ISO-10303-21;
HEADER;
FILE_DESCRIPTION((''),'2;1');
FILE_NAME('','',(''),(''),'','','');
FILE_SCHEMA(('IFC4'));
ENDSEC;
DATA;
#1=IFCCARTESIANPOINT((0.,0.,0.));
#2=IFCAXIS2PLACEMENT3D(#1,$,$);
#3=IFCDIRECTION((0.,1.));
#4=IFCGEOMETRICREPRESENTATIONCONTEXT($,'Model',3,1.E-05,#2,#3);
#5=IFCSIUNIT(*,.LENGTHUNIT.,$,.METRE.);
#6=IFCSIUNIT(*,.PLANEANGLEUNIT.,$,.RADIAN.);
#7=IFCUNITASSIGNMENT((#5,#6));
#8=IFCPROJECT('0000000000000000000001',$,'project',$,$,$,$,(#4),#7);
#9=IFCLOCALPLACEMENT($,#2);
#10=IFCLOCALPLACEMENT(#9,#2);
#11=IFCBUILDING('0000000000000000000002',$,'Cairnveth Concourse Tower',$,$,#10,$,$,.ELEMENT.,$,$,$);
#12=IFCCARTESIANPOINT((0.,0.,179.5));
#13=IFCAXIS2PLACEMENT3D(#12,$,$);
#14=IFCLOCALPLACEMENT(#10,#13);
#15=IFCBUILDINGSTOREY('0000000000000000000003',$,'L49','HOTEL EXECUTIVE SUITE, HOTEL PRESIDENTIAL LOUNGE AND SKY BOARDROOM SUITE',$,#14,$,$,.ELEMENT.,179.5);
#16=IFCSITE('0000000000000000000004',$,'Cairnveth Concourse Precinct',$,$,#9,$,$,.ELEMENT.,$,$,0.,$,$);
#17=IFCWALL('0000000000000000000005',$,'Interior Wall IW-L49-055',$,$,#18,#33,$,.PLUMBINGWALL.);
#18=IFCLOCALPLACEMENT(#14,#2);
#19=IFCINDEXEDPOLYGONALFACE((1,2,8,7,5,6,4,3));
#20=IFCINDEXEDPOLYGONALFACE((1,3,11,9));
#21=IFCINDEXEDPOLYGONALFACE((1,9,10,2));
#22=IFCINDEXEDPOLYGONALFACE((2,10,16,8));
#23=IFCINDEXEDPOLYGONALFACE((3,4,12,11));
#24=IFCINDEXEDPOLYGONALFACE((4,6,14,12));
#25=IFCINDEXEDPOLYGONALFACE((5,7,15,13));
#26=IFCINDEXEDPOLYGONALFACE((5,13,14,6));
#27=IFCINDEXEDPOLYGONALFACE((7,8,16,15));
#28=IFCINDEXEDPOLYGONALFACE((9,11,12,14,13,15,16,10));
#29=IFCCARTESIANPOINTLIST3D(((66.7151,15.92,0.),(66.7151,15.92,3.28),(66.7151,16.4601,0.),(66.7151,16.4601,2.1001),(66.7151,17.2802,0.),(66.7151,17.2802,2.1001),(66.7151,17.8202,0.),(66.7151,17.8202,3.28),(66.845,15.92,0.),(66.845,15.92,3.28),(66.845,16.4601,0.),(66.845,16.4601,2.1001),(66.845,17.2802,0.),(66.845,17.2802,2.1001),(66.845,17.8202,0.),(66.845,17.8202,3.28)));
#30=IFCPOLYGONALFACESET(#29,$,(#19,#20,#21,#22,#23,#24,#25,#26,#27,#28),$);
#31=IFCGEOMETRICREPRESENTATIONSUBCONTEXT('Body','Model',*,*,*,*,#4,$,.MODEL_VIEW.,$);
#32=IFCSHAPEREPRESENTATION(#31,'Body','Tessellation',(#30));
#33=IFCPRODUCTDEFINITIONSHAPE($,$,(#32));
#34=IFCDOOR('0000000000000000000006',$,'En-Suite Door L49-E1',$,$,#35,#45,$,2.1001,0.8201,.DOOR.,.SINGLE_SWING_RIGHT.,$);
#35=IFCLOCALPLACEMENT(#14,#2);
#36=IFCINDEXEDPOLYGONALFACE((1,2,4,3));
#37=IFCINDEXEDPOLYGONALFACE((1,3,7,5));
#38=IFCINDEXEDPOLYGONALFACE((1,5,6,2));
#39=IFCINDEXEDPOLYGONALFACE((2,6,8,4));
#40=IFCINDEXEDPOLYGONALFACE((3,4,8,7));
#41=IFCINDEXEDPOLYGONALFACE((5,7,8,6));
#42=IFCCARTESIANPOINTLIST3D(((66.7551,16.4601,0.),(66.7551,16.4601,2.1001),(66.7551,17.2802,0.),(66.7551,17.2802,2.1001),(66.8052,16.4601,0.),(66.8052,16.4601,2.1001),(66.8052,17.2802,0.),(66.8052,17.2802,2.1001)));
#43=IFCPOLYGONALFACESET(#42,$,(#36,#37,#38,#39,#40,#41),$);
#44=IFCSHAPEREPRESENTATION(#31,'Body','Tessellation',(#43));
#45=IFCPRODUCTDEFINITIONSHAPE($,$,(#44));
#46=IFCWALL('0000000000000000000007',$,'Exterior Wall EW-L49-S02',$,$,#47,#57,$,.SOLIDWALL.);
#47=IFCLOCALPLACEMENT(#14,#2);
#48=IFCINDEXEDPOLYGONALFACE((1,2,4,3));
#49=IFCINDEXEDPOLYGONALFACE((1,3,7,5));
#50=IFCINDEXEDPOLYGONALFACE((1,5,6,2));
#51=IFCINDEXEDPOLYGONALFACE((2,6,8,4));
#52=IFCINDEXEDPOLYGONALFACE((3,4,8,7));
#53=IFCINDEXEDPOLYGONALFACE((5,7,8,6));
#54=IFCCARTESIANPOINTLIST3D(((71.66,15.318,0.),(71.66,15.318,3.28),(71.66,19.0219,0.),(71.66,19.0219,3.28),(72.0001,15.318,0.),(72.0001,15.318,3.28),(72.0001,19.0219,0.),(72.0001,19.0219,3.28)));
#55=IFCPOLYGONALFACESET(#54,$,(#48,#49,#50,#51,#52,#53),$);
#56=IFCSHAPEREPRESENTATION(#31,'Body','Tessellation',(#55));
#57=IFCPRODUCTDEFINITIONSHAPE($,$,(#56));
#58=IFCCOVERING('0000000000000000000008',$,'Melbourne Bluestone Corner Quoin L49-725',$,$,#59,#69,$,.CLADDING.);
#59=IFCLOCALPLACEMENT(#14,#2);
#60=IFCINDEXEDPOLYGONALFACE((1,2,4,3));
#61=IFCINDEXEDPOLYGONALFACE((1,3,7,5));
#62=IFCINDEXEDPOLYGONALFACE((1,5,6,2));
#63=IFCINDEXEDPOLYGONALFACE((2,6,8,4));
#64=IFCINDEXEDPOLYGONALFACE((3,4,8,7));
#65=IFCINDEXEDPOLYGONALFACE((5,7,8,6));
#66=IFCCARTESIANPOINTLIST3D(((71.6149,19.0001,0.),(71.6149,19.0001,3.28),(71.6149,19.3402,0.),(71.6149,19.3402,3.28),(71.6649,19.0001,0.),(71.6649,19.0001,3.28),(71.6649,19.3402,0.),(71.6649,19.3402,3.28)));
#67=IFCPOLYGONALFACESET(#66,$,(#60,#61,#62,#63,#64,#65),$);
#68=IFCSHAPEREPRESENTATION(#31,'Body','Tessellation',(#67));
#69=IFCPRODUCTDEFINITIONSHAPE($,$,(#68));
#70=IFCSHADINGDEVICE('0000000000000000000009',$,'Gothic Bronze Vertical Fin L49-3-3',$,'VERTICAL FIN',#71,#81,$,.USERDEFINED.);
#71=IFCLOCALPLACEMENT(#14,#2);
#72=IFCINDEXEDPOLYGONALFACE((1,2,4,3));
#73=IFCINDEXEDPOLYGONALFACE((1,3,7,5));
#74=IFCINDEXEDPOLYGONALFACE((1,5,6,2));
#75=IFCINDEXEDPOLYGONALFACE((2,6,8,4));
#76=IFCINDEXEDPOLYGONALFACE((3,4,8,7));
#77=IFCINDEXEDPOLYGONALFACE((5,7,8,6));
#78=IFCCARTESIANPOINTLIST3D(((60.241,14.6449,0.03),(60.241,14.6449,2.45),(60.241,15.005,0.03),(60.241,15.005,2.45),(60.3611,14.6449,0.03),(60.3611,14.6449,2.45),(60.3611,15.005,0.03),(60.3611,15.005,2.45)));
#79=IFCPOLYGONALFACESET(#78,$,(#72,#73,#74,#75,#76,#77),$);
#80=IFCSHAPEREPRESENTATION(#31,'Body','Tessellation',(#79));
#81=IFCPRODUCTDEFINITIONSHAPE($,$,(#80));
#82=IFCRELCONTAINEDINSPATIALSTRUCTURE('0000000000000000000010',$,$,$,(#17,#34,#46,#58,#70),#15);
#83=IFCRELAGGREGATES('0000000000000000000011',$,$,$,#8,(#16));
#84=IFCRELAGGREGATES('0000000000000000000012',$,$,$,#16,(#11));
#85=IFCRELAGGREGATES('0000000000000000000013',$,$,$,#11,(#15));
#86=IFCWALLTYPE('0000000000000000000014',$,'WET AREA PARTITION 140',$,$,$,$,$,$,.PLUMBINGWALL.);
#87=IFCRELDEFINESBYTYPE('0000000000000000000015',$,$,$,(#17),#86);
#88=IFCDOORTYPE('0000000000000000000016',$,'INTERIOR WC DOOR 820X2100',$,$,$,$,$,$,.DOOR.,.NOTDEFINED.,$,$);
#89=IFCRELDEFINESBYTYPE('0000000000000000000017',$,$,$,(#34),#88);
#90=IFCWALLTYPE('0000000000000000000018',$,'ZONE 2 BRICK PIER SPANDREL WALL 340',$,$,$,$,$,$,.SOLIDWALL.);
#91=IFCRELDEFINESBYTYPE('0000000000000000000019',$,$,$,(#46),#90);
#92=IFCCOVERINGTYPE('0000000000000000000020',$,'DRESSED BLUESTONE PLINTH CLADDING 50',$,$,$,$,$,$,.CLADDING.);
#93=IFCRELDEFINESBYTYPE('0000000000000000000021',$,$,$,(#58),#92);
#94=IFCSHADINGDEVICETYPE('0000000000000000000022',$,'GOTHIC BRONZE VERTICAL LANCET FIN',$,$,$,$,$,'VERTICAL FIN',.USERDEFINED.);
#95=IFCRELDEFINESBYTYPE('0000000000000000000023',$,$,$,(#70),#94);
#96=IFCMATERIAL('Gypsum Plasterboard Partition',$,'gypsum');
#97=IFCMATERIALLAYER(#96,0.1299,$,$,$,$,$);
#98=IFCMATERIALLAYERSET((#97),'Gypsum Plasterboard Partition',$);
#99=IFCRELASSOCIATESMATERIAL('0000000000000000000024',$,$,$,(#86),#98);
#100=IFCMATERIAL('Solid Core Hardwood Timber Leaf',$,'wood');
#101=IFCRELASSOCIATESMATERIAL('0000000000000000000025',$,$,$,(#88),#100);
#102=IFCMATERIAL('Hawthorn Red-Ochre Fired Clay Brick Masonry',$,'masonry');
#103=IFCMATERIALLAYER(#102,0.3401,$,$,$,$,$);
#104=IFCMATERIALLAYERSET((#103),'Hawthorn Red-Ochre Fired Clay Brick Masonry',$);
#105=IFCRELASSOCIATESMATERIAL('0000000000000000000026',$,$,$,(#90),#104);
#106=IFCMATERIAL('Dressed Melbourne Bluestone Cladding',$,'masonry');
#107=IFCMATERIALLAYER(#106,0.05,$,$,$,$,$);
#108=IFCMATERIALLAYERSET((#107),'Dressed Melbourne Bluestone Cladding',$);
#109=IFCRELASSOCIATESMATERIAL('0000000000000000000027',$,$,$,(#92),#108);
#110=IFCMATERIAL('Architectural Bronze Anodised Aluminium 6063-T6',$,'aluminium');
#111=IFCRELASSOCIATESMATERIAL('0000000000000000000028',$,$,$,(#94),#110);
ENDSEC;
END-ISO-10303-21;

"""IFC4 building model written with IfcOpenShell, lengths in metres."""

from ifc_helpers import new_model, si_unit, direction, frame, frame_2d, origin, origin_2d, place, context, subcontext, project, spatial, rectangle, extrude, material, layer, layer_set, type_object, element, fill, save


model = new_model("IFC4")

# Units and contexts
model_context = context("Model", 3, precision=1e-05, world=origin(), true_north=direction((0.0, 1.0)))
body_context = subcontext(model_context, "Body", "Model", "MODEL_VIEW")
ifc_project = project(units=[si_unit("LENGTHUNIT", "METRE"), si_unit("PLANEANGLEUNIT", "RADIAN")], contexts=[model_context])

# Site, building, storey
site_placement = place(None, origin())
site = spatial("IfcSite", under=ifc_project, at=site_placement, Name="Cairnveth Concourse Precinct", CompositionType="ELEMENT", RefElevation=0.0)
building_placement = place(site_placement, origin())
building = spatial("IfcBuilding", under=site, at=building_placement, Name="Cairnveth Concourse Tower", CompositionType="ELEMENT")
storey_placement = place(building_placement, frame((0.0, 0.0, 179.5)))
storey = spatial("IfcBuildingStorey", under=building, at=storey_placement, Name="L49", Description="HOTEL EXECUTIVE SUITE, HOTEL PRESIDENTIAL LOUNGE AND SKY BOARDROOM SUITE", CompositionType="ELEMENT", Elevation=179.5)

# Shared definitions
ifc_material_1 = material(Name="Gypsum Plasterboard Partition", Category="gypsum")
ifc_material_2 = material(Name="Solid Core Hardwood Timber Leaf", Category="wood")

# Shared definitions
ifc_layer_1 = layer(ifc_material_1, 0.1299)
ifc_layer_set_1 = layer_set([ifc_layer_1], Name="Gypsum Plasterboard Partition")
wall_type_1 = type_object("IfcWallType", Name="WET AREA PARTITION 140", PredefinedType="PLUMBINGWALL", material=ifc_layer_set_1)

# Wall, opening, door
wall_1_placement = place(storey_placement, frame((66.78, 15.9199, 0.0), z_axis=(0.0, 0.0, 1.0), x_axis=(0.0, 1.0, 0.0)))
wall_1 = element("IfcWall", 1, at=wall_1_placement, inside=storey, type_object=wall_type_1, Name="Interior Wall IW-L49-055", PredefinedType="PLUMBINGWALL", context=body_context, shape_type="SweptSolid", body=[
    extrude(rectangle(XDim=1.9001, YDim=0.1299, at=frame_2d((0.9502, 0.0))), origin(), (0.0, 0.0, 1.0), 3.28),
])
opening_1_placement = place(wall_1_placement, frame((0.54, 0.0, 0.0)))
opening_1 = element("IfcOpeningElement", 2, at=opening_1_placement, cuts=wall_1, PredefinedType="OPENING", context=body_context, shape_type="SweptSolid", body=[
    extrude(rectangle(XDim=0.8201, YDim=2.1001, at=frame_2d((0.4102, 1.05))), frame((0.0, 0.075, 0.0), z_axis=(0.0, -1.0, 0.0), x_axis=(1.0, 0.0, 0.0)), (0.0, 0.0, 1.0), 0.1499),
])
door_type_1 = type_object("IfcDoorType", Name="INTERIOR WC DOOR 820X2100", OperationType="NOTDEFINED", PredefinedType="DOOR", material=ifc_material_2)
door_1_placement = place(opening_1_placement, origin())
door_1 = element("IfcDoor", 3, at=door_1_placement, inside=storey, type_object=door_type_1, Name="En-Suite Door L49-E1", OperationType="SINGLE_SWING_RIGHT", OverallHeight=2.1001, OverallWidth=0.8201, PredefinedType="DOOR", context=body_context, shape_type="SweptSolid", body=[
    extrude(rectangle(XDim=0.8201, YDim=2.1001, at=frame_2d((0.4102, 1.05))), frame((0.0, 0.0249, 0.0), z_axis=(0.0, -1.0, 0.0), x_axis=(1.0, 0.0, 0.0)), (0.0, 0.0, 1.0), 0.05),
])
fill(opening_1, door_1)

# Wall
ifc_material_3 = material(Name="Hawthorn Red-Ochre Fired Clay Brick Masonry", Category="masonry")
ifc_layer_2 = layer(ifc_material_3, 0.3401)
ifc_layer_set_2 = layer_set([ifc_layer_2], Name="Hawthorn Red-Ochre Fired Clay Brick Masonry")
wall_type_2 = type_object("IfcWallType", Name="ZONE 2 BRICK PIER SPANDREL WALL 340", PredefinedType="SOLIDWALL", material=ifc_layer_set_2)
wall_2_placement = place(storey_placement, frame((71.8301, 19.022, 0.0), z_axis=(0.0, 0.0, 1.0), x_axis=(0.0, -1.0, 0.0)))
element("IfcWall", 4, at=wall_2_placement, inside=storey, type_object=wall_type_2, Name="Exterior Wall EW-L49-S02", PredefinedType="SOLIDWALL", context=body_context, shape_type="SweptSolid", body=[
    extrude(rectangle(XDim=3.7039, YDim=0.3401, at=frame_2d((1.8521, 0.0))), origin(), (0.0, 0.0, 1.0), 3.28),
])

# Covering
ifc_material_4 = material(Name="Dressed Melbourne Bluestone Cladding", Category="masonry")
ifc_layer_3 = layer(ifc_material_4, 0.05)
ifc_layer_set_3 = layer_set([ifc_layer_3], Name="Dressed Melbourne Bluestone Cladding")
covering_type = type_object("IfcCoveringType", Name="DRESSED BLUESTONE PLINTH CLADDING 50", PredefinedType="CLADDING", material=ifc_layer_set_3)
covering_placement = place(storey_placement, frame((71.6399, 19.3401, 0.0), z_axis=(0.0, 0.0, 1.0), x_axis=(0.0, -1.0, 0.0)))
element("IfcCovering", 5, at=covering_placement, inside=storey, type_object=covering_type, Name="Melbourne Bluestone Corner Quoin L49-725", PredefinedType="CLADDING", context=body_context, shape_type="SweptSolid", body=[
    extrude(rectangle(XDim=0.3401, YDim=0.05, at=frame_2d((0.1699, 0.0))), origin(), (0.0, 0.0, 1.0), 3.28),
])

# Shading device
ifc_material_5 = material(Name="Architectural Bronze Anodised Aluminium 6063-T6", Category="aluminium")
shading_device_type = type_object("IfcShadingDeviceType", Name="GOTHIC BRONZE VERTICAL LANCET FIN", ElementType="VERTICAL FIN", PredefinedType="USERDEFINED", material=ifc_material_5)
shading_device_placement = place(storey_placement, frame((60.301, 14.825, 0.03), z_axis=(0.0, 0.0, 1.0), x_axis=(1.0, 0.0, 0.0)))
element("IfcShadingDevice", 6, at=shading_device_placement, inside=storey, type_object=shading_device_type, Name="Gothic Bronze Vertical Fin L49-3-3", ObjectType="VERTICAL FIN", PredefinedType="USERDEFINED", context=body_context, shape_type="SweptSolid", body=[
    extrude(rectangle(XDim=0.1201, YDim=0.3601, at=origin_2d()), origin(), (0.0, 0.0, 1.0), 2.4199),
])

save(model, "model.ifc")
